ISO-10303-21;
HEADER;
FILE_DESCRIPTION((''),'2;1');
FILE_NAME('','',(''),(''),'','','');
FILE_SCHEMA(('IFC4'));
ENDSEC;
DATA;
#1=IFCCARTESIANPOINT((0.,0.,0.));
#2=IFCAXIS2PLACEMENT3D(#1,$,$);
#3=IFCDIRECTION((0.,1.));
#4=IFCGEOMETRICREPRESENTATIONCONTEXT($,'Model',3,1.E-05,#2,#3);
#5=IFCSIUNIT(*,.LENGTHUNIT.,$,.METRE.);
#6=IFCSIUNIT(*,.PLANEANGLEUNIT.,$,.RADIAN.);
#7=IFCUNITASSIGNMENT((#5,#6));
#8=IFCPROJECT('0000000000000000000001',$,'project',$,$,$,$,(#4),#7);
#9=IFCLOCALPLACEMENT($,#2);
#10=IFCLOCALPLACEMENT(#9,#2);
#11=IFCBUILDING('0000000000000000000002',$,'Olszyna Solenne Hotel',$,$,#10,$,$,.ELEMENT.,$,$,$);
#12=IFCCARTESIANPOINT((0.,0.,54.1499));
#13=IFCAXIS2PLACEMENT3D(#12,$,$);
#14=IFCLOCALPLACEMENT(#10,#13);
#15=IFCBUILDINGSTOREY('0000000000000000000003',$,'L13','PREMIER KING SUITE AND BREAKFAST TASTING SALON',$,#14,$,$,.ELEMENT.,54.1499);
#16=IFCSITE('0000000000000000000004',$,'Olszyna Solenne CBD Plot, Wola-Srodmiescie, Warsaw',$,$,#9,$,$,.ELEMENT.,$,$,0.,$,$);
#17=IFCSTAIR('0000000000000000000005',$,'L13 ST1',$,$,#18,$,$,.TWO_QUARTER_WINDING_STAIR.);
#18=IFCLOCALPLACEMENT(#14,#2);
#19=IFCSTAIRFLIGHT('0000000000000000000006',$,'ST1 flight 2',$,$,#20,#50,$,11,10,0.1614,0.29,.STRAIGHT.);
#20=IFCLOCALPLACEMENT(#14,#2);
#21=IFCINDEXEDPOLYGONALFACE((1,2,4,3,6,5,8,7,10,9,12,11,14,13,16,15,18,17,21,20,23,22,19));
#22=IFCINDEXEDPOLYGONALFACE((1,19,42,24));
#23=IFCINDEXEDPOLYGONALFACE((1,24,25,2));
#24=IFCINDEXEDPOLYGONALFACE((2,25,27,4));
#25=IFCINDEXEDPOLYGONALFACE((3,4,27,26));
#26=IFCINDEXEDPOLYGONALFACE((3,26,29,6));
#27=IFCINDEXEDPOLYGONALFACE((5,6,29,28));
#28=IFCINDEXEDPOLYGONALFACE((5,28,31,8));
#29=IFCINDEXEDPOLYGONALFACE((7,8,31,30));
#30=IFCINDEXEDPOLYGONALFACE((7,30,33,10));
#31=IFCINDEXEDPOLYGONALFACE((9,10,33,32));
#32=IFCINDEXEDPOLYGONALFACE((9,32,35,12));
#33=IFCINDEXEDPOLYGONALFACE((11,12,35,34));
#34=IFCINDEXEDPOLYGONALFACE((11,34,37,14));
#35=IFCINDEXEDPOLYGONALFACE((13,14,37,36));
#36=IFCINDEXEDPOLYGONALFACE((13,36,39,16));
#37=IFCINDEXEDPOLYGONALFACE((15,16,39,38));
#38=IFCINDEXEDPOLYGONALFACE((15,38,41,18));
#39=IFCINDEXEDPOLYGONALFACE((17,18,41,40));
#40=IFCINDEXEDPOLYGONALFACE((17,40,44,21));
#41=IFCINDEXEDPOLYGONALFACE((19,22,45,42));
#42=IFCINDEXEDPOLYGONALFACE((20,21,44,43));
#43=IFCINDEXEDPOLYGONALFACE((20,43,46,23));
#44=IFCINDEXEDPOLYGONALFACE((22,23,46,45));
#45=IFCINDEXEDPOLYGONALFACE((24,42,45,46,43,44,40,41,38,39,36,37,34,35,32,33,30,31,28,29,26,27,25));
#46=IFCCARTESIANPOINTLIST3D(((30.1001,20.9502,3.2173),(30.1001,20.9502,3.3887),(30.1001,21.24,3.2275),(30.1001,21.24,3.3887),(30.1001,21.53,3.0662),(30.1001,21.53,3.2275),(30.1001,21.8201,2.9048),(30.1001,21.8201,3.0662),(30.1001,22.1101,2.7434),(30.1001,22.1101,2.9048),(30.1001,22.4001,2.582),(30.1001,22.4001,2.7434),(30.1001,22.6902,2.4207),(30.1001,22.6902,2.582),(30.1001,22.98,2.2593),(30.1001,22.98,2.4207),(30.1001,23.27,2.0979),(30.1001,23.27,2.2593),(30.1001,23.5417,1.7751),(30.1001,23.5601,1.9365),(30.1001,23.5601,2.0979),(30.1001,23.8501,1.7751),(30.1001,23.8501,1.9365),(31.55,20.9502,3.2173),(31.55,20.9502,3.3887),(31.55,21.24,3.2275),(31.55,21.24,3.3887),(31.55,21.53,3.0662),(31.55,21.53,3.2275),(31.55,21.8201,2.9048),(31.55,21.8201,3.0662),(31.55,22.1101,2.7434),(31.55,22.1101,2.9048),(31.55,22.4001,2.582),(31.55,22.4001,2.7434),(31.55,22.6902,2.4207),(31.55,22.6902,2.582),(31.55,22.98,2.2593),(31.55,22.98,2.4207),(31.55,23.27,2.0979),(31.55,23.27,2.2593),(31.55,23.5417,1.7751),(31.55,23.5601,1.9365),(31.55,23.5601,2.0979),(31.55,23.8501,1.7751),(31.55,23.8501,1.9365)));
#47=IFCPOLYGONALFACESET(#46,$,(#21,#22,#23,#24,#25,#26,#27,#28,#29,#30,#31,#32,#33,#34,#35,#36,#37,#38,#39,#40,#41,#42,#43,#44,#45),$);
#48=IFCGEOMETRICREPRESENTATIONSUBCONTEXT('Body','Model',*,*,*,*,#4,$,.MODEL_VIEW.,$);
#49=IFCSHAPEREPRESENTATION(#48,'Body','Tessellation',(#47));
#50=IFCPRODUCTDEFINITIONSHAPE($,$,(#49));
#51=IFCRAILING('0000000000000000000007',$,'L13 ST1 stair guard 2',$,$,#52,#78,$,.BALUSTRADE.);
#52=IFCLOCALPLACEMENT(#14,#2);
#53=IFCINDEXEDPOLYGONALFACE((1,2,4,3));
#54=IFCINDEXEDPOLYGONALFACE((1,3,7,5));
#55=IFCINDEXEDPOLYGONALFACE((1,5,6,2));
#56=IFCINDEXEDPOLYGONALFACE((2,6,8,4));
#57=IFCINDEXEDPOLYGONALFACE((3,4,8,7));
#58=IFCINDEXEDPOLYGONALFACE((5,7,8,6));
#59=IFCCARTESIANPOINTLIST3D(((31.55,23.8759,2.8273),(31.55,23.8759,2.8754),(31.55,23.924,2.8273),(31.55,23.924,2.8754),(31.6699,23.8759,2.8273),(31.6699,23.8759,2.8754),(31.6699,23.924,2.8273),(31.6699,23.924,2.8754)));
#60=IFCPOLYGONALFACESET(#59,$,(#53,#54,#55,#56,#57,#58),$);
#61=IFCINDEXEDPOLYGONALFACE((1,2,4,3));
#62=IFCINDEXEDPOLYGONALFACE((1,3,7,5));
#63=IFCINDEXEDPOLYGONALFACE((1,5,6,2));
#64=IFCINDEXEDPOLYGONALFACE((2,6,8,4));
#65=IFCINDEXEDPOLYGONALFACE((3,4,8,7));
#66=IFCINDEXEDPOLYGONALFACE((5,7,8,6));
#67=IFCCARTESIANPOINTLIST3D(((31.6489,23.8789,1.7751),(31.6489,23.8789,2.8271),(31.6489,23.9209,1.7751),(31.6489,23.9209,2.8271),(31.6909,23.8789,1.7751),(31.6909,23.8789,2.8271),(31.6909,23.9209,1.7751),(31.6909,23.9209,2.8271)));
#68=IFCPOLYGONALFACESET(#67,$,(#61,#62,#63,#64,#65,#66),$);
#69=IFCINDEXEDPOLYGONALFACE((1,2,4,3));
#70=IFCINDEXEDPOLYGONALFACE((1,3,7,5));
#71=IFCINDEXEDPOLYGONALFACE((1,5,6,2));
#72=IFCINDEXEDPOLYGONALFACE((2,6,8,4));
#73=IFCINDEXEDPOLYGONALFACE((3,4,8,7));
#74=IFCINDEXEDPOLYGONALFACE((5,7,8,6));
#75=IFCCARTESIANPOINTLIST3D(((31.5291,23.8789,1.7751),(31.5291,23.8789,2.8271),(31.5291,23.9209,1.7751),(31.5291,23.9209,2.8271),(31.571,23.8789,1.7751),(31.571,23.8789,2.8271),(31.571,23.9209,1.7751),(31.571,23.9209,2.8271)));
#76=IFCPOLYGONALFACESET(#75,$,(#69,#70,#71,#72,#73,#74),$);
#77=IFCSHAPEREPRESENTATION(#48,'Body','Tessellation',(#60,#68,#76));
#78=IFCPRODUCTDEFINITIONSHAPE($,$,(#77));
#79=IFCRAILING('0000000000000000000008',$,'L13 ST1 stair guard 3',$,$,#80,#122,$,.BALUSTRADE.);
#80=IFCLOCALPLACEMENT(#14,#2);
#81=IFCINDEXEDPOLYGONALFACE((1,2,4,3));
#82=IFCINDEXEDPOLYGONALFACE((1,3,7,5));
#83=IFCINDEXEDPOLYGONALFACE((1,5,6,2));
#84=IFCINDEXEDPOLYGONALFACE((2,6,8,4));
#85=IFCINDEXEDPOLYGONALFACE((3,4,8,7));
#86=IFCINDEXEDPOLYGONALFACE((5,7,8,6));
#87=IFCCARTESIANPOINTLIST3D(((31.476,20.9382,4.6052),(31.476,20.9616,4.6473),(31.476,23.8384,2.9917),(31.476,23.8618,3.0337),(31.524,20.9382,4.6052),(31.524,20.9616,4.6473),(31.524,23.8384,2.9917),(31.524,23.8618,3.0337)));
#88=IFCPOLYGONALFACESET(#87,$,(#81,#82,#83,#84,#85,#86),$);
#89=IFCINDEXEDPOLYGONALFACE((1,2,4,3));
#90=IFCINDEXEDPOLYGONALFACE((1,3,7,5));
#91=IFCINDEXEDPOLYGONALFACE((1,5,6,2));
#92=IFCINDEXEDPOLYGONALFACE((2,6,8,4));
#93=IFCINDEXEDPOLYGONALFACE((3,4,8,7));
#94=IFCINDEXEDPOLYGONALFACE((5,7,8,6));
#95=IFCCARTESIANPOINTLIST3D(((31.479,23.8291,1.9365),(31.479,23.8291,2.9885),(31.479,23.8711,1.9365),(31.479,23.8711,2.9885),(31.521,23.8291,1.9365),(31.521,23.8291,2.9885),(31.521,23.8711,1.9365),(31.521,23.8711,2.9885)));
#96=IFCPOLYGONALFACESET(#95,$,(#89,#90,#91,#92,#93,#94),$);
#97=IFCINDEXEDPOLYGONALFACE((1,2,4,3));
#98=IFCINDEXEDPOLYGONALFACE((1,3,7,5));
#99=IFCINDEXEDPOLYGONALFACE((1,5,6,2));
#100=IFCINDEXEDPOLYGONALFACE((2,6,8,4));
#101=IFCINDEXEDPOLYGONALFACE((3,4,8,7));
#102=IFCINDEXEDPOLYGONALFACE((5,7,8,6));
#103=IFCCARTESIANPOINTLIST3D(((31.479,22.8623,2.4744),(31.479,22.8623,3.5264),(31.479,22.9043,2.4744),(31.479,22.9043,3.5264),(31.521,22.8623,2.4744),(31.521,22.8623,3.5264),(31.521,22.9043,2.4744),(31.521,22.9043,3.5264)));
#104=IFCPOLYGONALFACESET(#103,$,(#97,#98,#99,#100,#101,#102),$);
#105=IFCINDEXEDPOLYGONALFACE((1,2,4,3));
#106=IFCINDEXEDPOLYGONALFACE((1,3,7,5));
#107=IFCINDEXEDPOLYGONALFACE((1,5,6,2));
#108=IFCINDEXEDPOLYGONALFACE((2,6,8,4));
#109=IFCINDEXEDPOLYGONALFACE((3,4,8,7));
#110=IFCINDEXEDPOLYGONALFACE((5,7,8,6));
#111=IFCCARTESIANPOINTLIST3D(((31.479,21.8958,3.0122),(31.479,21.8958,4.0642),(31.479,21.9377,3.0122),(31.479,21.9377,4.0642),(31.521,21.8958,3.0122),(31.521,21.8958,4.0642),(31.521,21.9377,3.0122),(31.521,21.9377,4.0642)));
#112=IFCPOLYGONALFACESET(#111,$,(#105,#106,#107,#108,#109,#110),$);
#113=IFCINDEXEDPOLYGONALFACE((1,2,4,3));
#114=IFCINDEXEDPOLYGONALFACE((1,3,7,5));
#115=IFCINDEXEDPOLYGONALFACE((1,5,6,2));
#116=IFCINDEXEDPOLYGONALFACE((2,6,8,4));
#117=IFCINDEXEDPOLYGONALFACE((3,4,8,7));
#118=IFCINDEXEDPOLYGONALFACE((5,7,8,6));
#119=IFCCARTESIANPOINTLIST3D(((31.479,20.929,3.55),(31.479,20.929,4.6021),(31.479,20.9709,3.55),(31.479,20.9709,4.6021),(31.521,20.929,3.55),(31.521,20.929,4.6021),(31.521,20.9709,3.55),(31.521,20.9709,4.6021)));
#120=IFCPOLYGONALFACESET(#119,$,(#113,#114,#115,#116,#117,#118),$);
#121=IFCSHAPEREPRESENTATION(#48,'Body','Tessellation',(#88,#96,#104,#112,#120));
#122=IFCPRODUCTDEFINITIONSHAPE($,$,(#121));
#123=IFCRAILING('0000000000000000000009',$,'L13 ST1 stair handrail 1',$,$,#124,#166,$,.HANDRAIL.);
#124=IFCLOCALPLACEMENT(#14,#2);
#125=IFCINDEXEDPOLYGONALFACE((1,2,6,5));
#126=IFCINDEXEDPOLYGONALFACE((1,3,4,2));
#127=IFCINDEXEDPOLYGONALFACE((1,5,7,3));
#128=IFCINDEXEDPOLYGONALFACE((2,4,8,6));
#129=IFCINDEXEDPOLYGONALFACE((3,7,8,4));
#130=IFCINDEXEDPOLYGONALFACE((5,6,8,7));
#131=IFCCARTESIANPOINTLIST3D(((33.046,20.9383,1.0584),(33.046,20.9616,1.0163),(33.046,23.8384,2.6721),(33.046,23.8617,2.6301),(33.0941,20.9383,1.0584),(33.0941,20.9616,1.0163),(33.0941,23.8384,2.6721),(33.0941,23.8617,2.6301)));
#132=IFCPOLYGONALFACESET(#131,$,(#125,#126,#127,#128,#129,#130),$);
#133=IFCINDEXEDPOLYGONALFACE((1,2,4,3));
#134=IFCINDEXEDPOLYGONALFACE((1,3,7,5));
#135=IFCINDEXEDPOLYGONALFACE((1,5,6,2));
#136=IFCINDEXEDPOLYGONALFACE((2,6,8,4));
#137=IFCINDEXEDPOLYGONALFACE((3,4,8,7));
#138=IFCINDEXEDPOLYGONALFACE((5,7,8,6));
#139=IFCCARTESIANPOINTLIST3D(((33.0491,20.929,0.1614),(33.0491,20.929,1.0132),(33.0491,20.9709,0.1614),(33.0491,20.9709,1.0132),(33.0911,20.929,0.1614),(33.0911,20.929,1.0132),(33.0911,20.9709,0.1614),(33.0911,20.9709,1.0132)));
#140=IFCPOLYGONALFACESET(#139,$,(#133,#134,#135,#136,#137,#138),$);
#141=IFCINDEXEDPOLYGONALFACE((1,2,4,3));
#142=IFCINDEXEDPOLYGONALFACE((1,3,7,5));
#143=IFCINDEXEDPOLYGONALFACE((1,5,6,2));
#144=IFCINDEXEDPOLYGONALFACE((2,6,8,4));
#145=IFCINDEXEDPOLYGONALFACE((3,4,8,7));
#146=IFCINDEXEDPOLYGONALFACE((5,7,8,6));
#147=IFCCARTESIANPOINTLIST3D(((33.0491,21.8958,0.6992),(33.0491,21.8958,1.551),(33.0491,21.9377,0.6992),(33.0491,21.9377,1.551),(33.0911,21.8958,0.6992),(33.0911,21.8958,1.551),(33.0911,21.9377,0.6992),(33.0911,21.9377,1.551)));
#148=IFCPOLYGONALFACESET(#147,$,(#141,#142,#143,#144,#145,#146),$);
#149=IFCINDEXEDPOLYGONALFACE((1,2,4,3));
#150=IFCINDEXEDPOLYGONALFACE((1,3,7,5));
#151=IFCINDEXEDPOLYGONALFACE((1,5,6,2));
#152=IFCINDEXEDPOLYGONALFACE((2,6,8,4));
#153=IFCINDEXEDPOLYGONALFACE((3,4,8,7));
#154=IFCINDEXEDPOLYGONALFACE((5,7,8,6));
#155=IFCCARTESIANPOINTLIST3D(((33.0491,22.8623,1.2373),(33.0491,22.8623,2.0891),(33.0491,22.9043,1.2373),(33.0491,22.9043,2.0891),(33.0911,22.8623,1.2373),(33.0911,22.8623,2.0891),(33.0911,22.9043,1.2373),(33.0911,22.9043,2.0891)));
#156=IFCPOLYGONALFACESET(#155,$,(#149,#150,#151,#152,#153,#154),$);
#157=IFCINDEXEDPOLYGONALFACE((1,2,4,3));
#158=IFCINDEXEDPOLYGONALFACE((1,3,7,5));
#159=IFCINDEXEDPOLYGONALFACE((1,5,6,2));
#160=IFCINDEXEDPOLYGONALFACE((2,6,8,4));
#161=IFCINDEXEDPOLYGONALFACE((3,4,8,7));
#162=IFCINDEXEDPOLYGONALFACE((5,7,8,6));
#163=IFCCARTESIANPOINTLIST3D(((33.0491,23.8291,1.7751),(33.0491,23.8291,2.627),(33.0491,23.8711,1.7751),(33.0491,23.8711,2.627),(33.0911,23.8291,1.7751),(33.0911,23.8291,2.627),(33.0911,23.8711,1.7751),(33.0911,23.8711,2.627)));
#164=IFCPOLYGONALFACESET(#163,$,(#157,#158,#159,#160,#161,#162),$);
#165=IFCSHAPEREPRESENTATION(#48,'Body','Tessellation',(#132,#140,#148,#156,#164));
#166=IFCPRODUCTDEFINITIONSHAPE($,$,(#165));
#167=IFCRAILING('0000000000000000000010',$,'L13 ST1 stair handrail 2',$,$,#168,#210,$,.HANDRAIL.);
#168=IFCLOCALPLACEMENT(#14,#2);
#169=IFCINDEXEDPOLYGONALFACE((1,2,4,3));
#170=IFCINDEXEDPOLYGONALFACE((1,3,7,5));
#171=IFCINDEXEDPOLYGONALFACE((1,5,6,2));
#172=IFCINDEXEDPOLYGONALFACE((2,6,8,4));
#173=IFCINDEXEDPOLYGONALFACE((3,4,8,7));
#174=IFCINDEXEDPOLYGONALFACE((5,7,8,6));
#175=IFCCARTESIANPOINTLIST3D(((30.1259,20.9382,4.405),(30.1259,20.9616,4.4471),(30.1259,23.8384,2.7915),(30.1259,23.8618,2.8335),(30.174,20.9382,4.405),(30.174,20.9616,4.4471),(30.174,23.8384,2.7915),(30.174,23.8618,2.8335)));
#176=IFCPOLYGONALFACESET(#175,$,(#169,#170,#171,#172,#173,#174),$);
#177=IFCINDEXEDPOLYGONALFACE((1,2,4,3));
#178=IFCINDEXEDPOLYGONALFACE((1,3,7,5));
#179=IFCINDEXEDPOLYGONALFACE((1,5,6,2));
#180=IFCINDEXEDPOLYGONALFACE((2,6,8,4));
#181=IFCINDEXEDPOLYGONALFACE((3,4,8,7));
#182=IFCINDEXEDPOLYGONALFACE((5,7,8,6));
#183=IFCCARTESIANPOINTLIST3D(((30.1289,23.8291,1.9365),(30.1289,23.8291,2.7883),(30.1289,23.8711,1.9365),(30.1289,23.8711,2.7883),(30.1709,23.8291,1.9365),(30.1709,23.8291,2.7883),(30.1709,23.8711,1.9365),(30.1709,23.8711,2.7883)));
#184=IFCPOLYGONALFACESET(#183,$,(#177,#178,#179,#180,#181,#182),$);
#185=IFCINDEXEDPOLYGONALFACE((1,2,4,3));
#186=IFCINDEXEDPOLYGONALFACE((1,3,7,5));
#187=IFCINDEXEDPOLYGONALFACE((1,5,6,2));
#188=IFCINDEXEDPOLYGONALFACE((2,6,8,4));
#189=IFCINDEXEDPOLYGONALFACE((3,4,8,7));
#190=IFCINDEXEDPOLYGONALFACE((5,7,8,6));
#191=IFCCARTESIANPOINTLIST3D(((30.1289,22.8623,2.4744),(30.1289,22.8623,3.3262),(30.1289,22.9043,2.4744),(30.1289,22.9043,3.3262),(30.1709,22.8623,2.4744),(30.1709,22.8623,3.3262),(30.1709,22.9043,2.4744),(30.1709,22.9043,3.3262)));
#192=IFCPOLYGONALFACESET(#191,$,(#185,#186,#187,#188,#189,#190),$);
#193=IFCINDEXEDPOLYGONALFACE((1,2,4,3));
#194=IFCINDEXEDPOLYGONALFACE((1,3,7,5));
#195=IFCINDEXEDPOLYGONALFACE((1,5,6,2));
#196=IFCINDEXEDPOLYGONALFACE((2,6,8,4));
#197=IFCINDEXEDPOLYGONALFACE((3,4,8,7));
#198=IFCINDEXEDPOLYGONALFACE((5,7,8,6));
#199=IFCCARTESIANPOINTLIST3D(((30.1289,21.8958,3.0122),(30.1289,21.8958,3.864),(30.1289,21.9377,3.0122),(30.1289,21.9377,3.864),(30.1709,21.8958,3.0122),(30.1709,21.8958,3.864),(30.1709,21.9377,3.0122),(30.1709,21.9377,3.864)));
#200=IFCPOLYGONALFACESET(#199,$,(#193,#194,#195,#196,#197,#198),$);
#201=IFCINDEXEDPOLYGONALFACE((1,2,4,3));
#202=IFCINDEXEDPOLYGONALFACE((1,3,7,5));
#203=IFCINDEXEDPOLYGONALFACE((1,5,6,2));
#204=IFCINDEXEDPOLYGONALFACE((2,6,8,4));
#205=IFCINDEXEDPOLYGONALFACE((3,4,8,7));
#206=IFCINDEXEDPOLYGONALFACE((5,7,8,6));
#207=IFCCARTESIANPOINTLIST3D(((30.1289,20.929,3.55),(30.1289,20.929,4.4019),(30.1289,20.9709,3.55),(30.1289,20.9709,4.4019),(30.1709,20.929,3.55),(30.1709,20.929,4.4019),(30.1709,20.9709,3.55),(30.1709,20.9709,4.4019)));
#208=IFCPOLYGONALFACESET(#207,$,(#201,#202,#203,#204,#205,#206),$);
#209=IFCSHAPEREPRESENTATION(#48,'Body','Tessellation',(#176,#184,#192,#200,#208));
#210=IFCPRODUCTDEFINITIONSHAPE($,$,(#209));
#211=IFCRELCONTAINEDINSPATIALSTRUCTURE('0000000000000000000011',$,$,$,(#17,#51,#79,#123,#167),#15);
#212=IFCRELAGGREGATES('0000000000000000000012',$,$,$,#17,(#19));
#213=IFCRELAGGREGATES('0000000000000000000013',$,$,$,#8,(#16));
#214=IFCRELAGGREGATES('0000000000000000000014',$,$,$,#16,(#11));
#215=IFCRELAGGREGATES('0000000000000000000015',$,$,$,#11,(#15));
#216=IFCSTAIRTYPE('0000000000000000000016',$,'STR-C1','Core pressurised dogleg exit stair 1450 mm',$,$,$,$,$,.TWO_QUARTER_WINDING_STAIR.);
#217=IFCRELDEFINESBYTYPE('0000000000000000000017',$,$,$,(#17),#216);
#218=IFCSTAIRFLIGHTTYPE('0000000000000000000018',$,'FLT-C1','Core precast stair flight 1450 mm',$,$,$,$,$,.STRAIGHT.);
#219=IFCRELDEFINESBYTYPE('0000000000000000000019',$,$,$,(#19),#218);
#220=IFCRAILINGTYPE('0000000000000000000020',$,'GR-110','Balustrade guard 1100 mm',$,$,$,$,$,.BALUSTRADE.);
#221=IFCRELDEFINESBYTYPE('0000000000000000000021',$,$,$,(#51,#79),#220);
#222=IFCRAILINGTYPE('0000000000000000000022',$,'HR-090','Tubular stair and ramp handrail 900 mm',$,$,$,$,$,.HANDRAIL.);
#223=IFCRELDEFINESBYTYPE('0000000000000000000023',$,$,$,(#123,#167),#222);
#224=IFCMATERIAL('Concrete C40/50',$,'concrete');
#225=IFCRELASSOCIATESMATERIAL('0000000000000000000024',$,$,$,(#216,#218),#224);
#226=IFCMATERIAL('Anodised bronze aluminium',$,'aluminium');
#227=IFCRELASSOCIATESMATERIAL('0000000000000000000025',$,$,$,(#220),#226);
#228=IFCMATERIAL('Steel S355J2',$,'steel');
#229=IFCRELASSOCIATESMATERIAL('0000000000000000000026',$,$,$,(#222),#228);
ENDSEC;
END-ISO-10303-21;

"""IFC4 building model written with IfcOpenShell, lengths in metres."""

from ifc_helpers import new_model, si_unit, direction, frame, origin, origin_2d, place, context, subcontext, project, spatial, polyline, rectangle, outline, extrude, material, type_object, element, aggregate, save


model = new_model("IFC4")

# Units and contexts
model_context = context("Model", 3, precision=1e-05, world=origin(), true_north=direction((0.0, 1.0)))
body_context = subcontext(model_context, "Body", "Model", "MODEL_VIEW")
ifc_project = project(units=[si_unit("LENGTHUNIT", "METRE"), si_unit("PLANEANGLEUNIT", "RADIAN")], contexts=[model_context])

# Site, building, storey
site_placement = place(None, origin())
site = spatial("IfcSite", under=ifc_project, at=site_placement, Name="Olszyna Solenne CBD Plot, Wola-Srodmiescie, Warsaw", CompositionType="ELEMENT", RefElevation=0.0)
building_placement = place(site_placement, origin())
building = spatial("IfcBuilding", under=site, at=building_placement, Name="Olszyna Solenne Hotel", CompositionType="ELEMENT")
storey_placement = place(building_placement, frame((0.0, 0.0, 54.1499)))
storey = spatial("IfcBuildingStorey", under=building, at=storey_placement, Name="L13", Description="PREMIER KING SUITE AND BREAKFAST TASTING SALON", CompositionType="ELEMENT", Elevation=54.1499)

# Shared definitions
ifc_material_1 = material(Name="Steel S355J2", Category="steel")

# Shared definitions
ifc_material_2 = material(Name="Anodised bronze aluminium", Category="aluminium")

# Stair, stair flight
ifc_material_3 = material(Name="Concrete C40/50", Category="concrete")
stair_type = type_object("IfcStairType", Name="STR-C1", Description="Core pressurised dogleg exit stair 1450 mm", PredefinedType="TWO_QUARTER_WINDING_STAIR", material=ifc_material_3)
stair_placement = place(storey_placement, origin())
stair = element("IfcStair", 1, at=stair_placement, inside=storey, type_object=stair_type, Name="L13 ST1", PredefinedType="TWO_QUARTER_WINDING_STAIR")
stair_flight_type = type_object("IfcStairFlightType", Name="FLT-C1", Description="Core precast stair flight 1450 mm", PredefinedType="STRAIGHT", material=ifc_material_3)
stair_flight_placement = place(storey_placement, frame((30.825, 23.8501, 1.7751), z_axis=(0.0, 0.0, 1.0), x_axis=(0.0, -1.0, 0.0)))
stair_flight = element("IfcStairFlight", 2, at=stair_flight_placement, type_object=stair_flight_type, Name="ST1 flight 2", NumberOfRisers=11, NumberOfTreads=10, PredefinedType="STRAIGHT", RiserHeight=0.1614, TreadLength=0.29, context=body_context, shape_type="SweptSolid", body=[
    extrude(outline(polyline([(0.0, 0.0), (0.0, 0.1614), (0.29, 0.1614), (0.29, 0.3228), (0.5801, 0.3228), (0.5801, 0.4841), (0.8701, 0.4841), (0.8701, 0.6455), (1.1599, 0.6455), (1.1599, 0.8069), (1.45, 0.8069), (1.45, 0.9683), (1.74, 0.9683), (1.74, 1.1296), (2.03, 1.1296), (2.03, 1.291), (2.3201, 1.291), (2.3201, 1.4524), (2.6101, 1.4524), (2.6101, 1.6135), (2.8999, 1.6135), (2.8999, 1.7749), (2.8999, 1.4421), (0.3083, 0.0), (0.0, 0.0)])), frame((0.0, 0.7251, 0.0), z_axis=(0.0, -1.0, 0.0), x_axis=(1.0, 0.0, 0.0)), (0.0, 0.0, 1.0), 1.45),
])
aggregate(stair, [stair_flight])

# Railings
railing_type_1 = type_object("IfcRailingType", Name="GR-110", Description="Balustrade guard 1100 mm", PredefinedType="BALUSTRADE", material=ifc_material_2)
railing_1_placement = place(storey_placement, frame((31.6699, 23.8999, 1.7751)))
element("IfcRailing", 3, at=railing_1_placement, inside=storey, type_object=railing_type_1, Name="L13 ST1 stair guard 2", PredefinedType="BALUSTRADE", context=body_context, shape_type="SweptSolid", body=[
    extrude(rectangle(XDim=0.0481, YDim=0.0481, at=origin_2d()), frame((0.0, 0.0, 1.0762), z_axis=(-1.0, 0.0, 0.0), x_axis=(0.0, -1.0, 0.0)), (0.0, 0.0, 1.0), 0.1199),
    extrude(rectangle(XDim=0.042, YDim=0.042, at=origin_2d()), origin(), (0.0, 0.0, 1.0), 1.052),
    extrude(rectangle(XDim=0.042, YDim=0.042, at=origin_2d()), frame((-0.1199, 0.0, 0.0)), (0.0, 0.0, 1.0), 1.052),
])
railing_2_placement = place(storey_placement, frame((31.5, 23.8501, 1.9365)))
element("IfcRailing", 4, at=railing_2_placement, inside=storey, type_object=railing_type_1, Name="L13 ST1 stair guard 3", PredefinedType="BALUSTRADE", context=body_context, shape_type="SweptSolid", body=[
    extrude(rectangle(XDim=0.0481, YDim=0.0481, at=origin_2d()), frame((0.0, 0.0, 1.0762), z_axis=(0.0, -0.873859, 0.48618), x_axis=(1.0, 0.0, 0.0)), (0.0, 0.0, 1.0), 3.3188),
    extrude(rectangle(XDim=0.042, YDim=0.042, at=origin_2d()), origin(), (0.0, 0.0, 1.0), 1.052),
    extrude(rectangle(XDim=0.042, YDim=0.042, at=origin_2d()), frame((0.0, -0.9668, 0.5378)), (0.0, 0.0, 1.0), 1.052),
    extrude(rectangle(XDim=0.042, YDim=0.042, at=origin_2d()), frame((0.0, -1.9333, 1.0757)), (0.0, 0.0, 1.0), 1.052),
    extrude(rectangle(XDim=0.042, YDim=0.042, at=origin_2d()), frame((0.0, -2.9001, 1.6135)), (0.0, 0.0, 1.0), 1.052),
])
railing_type_2 = type_object("IfcRailingType", Name="HR-090", Description="Tubular stair and ramp handrail 900 mm", PredefinedType="HANDRAIL", material=ifc_material_1)
railing_3_placement = place(storey_placement, frame((33.0701, 20.95, 0.1614)))
element("IfcRailing", 5, at=railing_3_placement, inside=storey, type_object=railing_type_2, Name="L13 ST1 stair handrail 1", PredefinedType="HANDRAIL", context=body_context, shape_type="SweptSolid", body=[
    extrude(rectangle(XDim=0.0481, YDim=0.0481, at=origin_2d()), frame((0.0, 0.0, 0.876), z_axis=(0.0, 0.873827, 0.486236), x_axis=(-1.0, 0.0, 0.0)), (0.0, 0.0, 1.0), 3.3188),
    extrude(rectangle(XDim=0.042, YDim=0.042, at=origin_2d()), origin(), (0.0, 0.0, 1.0), 0.8518),
    extrude(rectangle(XDim=0.042, YDim=0.042, at=origin_2d()), frame((0.0, 0.9668, 0.5378)), (0.0, 0.0, 1.0), 0.8518),
    extrude(rectangle(XDim=0.042, YDim=0.042, at=origin_2d()), frame((0.0, 1.9333, 1.0759)), (0.0, 0.0, 1.0), 0.8518),
    extrude(rectangle(XDim=0.042, YDim=0.042, at=origin_2d()), frame((0.0, 2.9001, 1.6138)), (0.0, 0.0, 1.0), 0.8518),
])
railing_4_placement = place(storey_placement, frame((30.1499, 23.8501, 1.9365)))
element("IfcRailing", 6, at=railing_4_placement, inside=storey, type_object=railing_type_2, Name="L13 ST1 stair handrail 2", PredefinedType="HANDRAIL", context=body_context, shape_type="SweptSolid", body=[
    extrude(rectangle(XDim=0.0481, YDim=0.0481, at=origin_2d()), frame((0.0, 0.0, 0.876), z_axis=(0.0, -0.873859, 0.48618), x_axis=(1.0, 0.0, 0.0)), (0.0, 0.0, 1.0), 3.3188),
    extrude(rectangle(XDim=0.042, YDim=0.042, at=origin_2d()), origin(), (0.0, 0.0, 1.0), 0.8518),
    extrude(rectangle(XDim=0.042, YDim=0.042, at=origin_2d()), frame((0.0, -0.9668, 0.5378)), (0.0, 0.0, 1.0), 0.8518),
    extrude(rectangle(XDim=0.042, YDim=0.042, at=origin_2d()), frame((0.0, -1.9333, 1.0757)), (0.0, 0.0, 1.0), 0.8518),
    extrude(rectangle(XDim=0.042, YDim=0.042, at=origin_2d()), frame((0.0, -2.9001, 1.6135)), (0.0, 0.0, 1.0), 0.8518),
])

save(model, "model.ifc")
